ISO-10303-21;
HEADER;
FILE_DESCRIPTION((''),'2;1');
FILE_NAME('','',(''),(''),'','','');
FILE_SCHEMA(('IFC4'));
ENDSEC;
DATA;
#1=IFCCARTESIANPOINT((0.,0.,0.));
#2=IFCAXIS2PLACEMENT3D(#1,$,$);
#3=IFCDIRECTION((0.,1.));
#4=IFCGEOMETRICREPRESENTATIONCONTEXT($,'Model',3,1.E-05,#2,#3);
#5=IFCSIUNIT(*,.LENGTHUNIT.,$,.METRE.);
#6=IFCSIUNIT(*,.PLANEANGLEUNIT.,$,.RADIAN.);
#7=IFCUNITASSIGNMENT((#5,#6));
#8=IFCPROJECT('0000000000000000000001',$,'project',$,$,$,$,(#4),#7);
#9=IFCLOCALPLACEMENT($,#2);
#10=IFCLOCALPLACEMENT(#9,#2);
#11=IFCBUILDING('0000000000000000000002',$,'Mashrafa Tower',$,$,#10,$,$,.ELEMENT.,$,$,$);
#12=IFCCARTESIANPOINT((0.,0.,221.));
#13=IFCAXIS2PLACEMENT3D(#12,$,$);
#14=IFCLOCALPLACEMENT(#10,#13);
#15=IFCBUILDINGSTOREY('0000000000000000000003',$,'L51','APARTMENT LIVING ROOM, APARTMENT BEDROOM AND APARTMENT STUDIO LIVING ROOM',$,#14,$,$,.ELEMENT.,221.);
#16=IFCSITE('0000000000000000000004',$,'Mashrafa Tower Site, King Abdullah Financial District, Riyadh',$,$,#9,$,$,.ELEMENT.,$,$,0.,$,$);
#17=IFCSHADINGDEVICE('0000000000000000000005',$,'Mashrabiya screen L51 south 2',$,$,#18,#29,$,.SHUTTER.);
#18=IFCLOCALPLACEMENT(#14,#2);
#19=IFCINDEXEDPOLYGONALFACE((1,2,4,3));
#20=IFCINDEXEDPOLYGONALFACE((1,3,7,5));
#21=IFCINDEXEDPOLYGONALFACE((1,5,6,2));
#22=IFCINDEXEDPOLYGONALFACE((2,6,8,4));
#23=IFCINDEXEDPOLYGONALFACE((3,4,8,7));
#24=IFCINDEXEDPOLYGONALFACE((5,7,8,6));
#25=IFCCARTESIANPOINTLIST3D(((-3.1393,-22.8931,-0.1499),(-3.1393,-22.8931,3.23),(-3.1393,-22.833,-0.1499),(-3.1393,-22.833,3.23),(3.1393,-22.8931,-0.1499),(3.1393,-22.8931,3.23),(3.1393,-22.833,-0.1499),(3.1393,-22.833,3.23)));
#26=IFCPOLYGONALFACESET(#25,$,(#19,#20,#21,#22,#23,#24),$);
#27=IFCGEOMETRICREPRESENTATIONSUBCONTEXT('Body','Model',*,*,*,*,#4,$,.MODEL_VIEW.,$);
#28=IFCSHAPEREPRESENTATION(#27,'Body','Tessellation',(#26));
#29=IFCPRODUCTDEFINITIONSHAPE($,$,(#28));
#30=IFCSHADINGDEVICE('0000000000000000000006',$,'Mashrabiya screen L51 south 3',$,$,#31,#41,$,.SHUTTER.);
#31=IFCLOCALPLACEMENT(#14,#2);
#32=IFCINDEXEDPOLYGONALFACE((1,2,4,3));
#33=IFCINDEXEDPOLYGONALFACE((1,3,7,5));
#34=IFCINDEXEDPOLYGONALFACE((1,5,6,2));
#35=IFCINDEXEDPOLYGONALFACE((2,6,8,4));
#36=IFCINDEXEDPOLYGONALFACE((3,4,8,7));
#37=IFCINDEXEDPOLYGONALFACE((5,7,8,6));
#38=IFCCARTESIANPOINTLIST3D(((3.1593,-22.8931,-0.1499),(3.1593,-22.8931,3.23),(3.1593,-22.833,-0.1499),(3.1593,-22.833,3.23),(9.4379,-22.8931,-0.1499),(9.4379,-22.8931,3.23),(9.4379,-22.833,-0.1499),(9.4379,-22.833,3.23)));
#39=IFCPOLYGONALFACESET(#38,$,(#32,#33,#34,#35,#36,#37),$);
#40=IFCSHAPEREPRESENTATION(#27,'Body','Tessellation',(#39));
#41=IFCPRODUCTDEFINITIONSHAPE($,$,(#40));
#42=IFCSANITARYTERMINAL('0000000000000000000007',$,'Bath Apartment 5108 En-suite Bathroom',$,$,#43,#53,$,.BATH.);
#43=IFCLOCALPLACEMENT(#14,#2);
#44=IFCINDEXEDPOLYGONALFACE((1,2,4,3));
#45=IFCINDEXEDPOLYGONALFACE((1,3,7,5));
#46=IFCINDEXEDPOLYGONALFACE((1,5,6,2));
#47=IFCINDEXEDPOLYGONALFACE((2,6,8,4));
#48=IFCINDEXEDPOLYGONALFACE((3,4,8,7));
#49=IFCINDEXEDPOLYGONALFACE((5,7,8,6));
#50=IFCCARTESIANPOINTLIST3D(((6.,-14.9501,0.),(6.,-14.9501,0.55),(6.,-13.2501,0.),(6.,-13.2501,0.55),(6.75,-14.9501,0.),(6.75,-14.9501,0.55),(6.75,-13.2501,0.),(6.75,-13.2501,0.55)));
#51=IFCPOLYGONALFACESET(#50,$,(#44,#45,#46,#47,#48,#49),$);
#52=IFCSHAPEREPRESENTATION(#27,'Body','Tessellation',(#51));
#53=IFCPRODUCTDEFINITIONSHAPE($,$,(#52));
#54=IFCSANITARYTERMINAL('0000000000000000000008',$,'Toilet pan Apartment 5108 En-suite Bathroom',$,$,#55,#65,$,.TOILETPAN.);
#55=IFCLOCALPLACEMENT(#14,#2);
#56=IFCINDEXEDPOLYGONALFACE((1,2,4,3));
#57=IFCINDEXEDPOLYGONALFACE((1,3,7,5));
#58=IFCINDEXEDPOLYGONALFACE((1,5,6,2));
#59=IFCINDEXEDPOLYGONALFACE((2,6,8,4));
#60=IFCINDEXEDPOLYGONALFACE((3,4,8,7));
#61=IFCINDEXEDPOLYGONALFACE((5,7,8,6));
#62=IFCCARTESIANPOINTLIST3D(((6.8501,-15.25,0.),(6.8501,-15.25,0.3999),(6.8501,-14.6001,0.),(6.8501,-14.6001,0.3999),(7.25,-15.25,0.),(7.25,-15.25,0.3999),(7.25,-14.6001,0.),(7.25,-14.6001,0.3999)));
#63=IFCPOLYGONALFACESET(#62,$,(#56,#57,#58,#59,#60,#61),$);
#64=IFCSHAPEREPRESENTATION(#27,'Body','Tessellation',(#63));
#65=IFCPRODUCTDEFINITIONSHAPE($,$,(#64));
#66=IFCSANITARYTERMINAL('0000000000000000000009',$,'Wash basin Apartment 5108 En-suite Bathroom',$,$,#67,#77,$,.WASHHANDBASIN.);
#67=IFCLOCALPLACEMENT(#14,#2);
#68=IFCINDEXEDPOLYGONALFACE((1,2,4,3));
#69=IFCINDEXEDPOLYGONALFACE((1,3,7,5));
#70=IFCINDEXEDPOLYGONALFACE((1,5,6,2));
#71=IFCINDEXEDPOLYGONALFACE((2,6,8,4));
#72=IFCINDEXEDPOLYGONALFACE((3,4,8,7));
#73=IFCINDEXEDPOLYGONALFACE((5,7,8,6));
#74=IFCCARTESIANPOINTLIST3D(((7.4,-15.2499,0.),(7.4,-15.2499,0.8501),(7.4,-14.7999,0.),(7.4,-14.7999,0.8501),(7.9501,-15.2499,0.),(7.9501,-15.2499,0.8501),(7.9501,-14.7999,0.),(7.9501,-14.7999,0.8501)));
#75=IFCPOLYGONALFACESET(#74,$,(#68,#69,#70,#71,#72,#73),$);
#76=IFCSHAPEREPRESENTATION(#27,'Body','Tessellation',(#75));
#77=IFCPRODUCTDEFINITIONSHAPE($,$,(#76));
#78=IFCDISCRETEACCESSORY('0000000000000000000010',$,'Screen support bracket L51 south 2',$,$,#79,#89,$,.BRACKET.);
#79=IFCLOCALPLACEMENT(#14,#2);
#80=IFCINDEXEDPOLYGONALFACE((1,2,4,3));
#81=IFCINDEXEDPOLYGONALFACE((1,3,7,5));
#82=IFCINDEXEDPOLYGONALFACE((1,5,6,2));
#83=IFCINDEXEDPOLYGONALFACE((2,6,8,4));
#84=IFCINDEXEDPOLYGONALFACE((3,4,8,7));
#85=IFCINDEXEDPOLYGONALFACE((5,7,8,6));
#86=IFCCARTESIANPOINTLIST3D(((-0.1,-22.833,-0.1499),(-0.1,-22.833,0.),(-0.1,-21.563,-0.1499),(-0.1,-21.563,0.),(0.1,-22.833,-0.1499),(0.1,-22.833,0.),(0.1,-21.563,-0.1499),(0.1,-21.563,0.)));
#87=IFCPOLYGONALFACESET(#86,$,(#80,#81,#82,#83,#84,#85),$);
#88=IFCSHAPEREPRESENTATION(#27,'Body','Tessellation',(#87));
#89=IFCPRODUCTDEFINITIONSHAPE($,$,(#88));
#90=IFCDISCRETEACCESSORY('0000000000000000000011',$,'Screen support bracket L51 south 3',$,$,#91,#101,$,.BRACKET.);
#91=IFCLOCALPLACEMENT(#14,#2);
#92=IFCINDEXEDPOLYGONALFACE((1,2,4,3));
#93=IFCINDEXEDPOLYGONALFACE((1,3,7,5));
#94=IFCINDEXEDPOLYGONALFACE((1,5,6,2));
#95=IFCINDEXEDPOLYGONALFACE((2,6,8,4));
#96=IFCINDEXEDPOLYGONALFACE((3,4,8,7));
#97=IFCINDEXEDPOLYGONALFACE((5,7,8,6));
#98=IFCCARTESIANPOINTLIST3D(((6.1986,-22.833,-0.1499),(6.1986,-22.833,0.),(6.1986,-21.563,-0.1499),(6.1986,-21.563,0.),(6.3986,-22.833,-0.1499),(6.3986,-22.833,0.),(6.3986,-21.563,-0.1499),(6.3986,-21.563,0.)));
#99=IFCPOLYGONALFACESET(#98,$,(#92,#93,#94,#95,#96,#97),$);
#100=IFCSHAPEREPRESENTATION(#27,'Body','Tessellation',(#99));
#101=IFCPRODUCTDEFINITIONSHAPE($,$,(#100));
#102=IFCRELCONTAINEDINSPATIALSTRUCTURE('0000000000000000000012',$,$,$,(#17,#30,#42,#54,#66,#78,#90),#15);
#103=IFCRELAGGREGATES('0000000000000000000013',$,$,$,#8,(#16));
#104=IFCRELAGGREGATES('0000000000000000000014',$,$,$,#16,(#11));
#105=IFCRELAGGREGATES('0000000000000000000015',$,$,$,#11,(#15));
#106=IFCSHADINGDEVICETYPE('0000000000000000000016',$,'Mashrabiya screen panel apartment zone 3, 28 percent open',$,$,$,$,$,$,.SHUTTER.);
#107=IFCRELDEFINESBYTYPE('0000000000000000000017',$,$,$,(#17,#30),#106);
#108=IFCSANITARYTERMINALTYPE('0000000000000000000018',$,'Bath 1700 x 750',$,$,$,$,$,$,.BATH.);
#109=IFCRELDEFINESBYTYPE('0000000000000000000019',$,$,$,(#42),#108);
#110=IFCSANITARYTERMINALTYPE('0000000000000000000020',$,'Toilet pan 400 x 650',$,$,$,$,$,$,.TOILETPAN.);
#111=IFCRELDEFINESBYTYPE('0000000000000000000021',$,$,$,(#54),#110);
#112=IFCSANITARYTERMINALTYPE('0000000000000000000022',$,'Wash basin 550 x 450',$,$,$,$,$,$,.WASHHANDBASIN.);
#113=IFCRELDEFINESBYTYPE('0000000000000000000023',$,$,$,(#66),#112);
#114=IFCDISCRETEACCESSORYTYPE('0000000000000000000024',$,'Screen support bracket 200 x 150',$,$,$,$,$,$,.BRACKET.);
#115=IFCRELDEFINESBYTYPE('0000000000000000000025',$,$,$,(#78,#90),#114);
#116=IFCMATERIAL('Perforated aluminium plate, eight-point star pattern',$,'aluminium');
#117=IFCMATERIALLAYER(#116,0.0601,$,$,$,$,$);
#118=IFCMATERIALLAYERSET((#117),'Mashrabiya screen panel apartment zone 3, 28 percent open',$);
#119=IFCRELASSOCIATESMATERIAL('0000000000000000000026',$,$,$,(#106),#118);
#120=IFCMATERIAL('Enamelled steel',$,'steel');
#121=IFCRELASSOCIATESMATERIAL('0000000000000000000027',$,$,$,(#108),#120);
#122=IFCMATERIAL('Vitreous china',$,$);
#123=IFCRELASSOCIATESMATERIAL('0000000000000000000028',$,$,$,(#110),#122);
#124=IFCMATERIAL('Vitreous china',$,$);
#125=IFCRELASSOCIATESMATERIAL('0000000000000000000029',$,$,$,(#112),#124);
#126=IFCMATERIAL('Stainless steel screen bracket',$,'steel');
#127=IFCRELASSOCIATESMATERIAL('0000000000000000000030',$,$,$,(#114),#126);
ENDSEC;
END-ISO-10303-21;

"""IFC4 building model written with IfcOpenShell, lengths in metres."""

from ifc_helpers import new_model, si_unit, direction, frame, origin, origin_2d, place, context, subcontext, project, spatial, rectangle, extrude, source, transform, mapped, material, layer, layer_set, type_object, type_shapes, element, save


model = new_model("IFC4")

# Units and contexts
model_context = context("Model", 3, precision=1e-05, world=origin(), true_north=direction((0.0, 1.0)))
body_context = subcontext(model_context, "Body", "Model", "MODEL_VIEW")
ifc_project = project(units=[si_unit("LENGTHUNIT", "METRE"), si_unit("PLANEANGLEUNIT", "RADIAN")], contexts=[model_context])

# Site, building, storey
site_placement = place(None, origin())
site = spatial("IfcSite", under=ifc_project, at=site_placement, Name="Mashrafa Tower Site, King Abdullah Financial District, Riyadh", CompositionType="ELEMENT", RefElevation=0.0)
building_placement = place(site_placement, origin())
building = spatial("IfcBuilding", under=site, at=building_placement, Name="Mashrafa Tower", CompositionType="ELEMENT")
storey_placement = place(building_placement, frame((0.0, 0.0, 221.0)))
storey = spatial("IfcBuildingStorey", under=building, at=storey_placement, Name="L51", Description="APARTMENT LIVING ROOM, APARTMENT BEDROOM AND APARTMENT STUDIO LIVING ROOM", CompositionType="ELEMENT", Elevation=221.0)

# Shading devices
ifc_material_1 = material(Name="Perforated aluminium plate, eight-point star pattern", Category="aluminium")
ifc_layer_1 = layer(ifc_material_1, 0.0601)
ifc_layer_set_1 = layer_set([ifc_layer_1], Name="Mashrabiya screen panel apartment zone 3, 28 percent open")
shading_device_type = type_object("IfcShadingDeviceType", Name="Mashrabiya screen panel apartment zone 3, 28 percent open", PredefinedType="SHUTTER", material=ifc_layer_set_1)
shared_shape_1 = source(origin(), body_context, "Body", "SweptSolid", [
    extrude(rectangle(XDim=6.2786, YDim=0.0601, at=origin_2d()), origin(), (0.0, 0.0, 1.0), 3.3799),
])
type_shapes(shading_device_type, [shared_shape_1])
for number, where, z_axis, x_axis, name in (
    (1, (0.0, -22.863, -0.1499), (0.0, 0.0, 1.0), (1.0, 0.0, 0.0), "Mashrabiya screen L51 south 2"),
    (2, (6.2986, -22.863, -0.1499), (0.0, 0.0, 1.0), (1.0, 0.0, 0.0), "Mashrabiya screen L51 south 3"),
):
    element("IfcShadingDevice", number, at=place(storey_placement, frame(where, z_axis=z_axis, x_axis=x_axis)), inside=storey, type_object=shading_device_type, Name=name, PredefinedType="SHUTTER", context=body_context, shape_type="MappedRepresentation", body=[
        mapped(shared_shape_1, transform((0.0, 0.0, 0.0))),
    ])

# Sanitary terminals
ifc_material_2 = material(Name="Enamelled steel", Category="steel")
sanitary_terminal_type_1 = type_object("IfcSanitaryTerminalType", Name="Bath 1700 x 750", PredefinedType="BATH", material=ifc_material_2)
sanitary_terminal_1_placement = place(storey_placement, frame((6.375, -14.1001, 0.0), z_axis=(0.0, 0.0, 1.0), x_axis=(0.0, -1.0, 0.0)))
element("IfcSanitaryTerminal", 3, at=sanitary_terminal_1_placement, inside=storey, type_object=sanitary_terminal_type_1, Name="Bath Apartment 5108 En-suite Bathroom", PredefinedType="BATH", context=body_context, shape_type="SweptSolid", body=[
    extrude(rectangle(XDim=1.7, YDim=0.75, at=origin_2d()), origin(), (0.0, 0.0, 1.0), 0.55),
])
ifc_material_3 = material(Name="Vitreous china")
sanitary_terminal_type_2 = type_object("IfcSanitaryTerminalType", Name="Toilet pan 400 x 650", PredefinedType="TOILETPAN", material=ifc_material_3)
sanitary_terminal_2_placement = place(storey_placement, frame((7.05, -14.925, 0.0), z_axis=(0.0, 0.0, 1.0), x_axis=(1.0, 0.0, 0.0)))
element("IfcSanitaryTerminal", 4, at=sanitary_terminal_2_placement, inside=storey, type_object=sanitary_terminal_type_2, Name="Toilet pan Apartment 5108 En-suite Bathroom", PredefinedType="TOILETPAN", context=body_context, shape_type="SweptSolid", body=[
    extrude(rectangle(XDim=0.3999, YDim=0.6499, at=origin_2d()), origin(), (0.0, 0.0, 1.0), 0.3999),
])
ifc_material_4 = material(Name="Vitreous china")
sanitary_terminal_type_3 = type_object("IfcSanitaryTerminalType", Name="Wash basin 550 x 450", PredefinedType="WASHHANDBASIN", material=ifc_material_4)
sanitary_terminal_3_placement = place(storey_placement, frame((7.675, -15.0249, 0.0), z_axis=(0.0, 0.0, 1.0), x_axis=(1.0, 0.0, 0.0)))
element("IfcSanitaryTerminal", 5, at=sanitary_terminal_3_placement, inside=storey, type_object=sanitary_terminal_type_3, Name="Wash basin Apartment 5108 En-suite Bathroom", PredefinedType="WASHHANDBASIN", context=body_context, shape_type="SweptSolid", body=[
    extrude(rectangle(XDim=0.55, YDim=0.45, at=origin_2d()), origin(), (0.0, 0.0, 1.0), 0.8501),
])

# Discrete accessories
ifc_material_5 = material(Name="Stainless steel screen bracket", Category="steel")
discrete_accessory_type = type_object("IfcDiscreteAccessoryType", Name="Screen support bracket 200 x 150", PredefinedType="BRACKET", material=ifc_material_5)
shared_shape_2 = source(origin(), body_context, "Body", "SweptSolid", [
    extrude(rectangle(XDim=0.2, YDim=1.27, at=origin_2d()), origin(), (0.0, 0.0, 1.0), 0.1499),
])
type_shapes(discrete_accessory_type, [shared_shape_2])
for number, where, z_axis, x_axis, name in (
    (6, (0.0, -22.198, -0.1499), (0.0, 0.0, 1.0), (1.0, 0.0, 0.0), "Screen support bracket L51 south 2"),
    (7, (6.2986, -22.198, -0.1499), (0.0, 0.0, 1.0), (1.0, 0.0, 0.0), "Screen support bracket L51 south 3"),
):
    element("IfcDiscreteAccessory", number, at=place(storey_placement, frame(where, z_axis=z_axis, x_axis=x_axis)), inside=storey, type_object=discrete_accessory_type, Name=name, PredefinedType="BRACKET", context=body_context, shape_type="MappedRepresentation", body=[
        mapped(shared_shape_2, transform((0.0, 0.0, 0.0))),
    ])

save(model, "model.ifc")
